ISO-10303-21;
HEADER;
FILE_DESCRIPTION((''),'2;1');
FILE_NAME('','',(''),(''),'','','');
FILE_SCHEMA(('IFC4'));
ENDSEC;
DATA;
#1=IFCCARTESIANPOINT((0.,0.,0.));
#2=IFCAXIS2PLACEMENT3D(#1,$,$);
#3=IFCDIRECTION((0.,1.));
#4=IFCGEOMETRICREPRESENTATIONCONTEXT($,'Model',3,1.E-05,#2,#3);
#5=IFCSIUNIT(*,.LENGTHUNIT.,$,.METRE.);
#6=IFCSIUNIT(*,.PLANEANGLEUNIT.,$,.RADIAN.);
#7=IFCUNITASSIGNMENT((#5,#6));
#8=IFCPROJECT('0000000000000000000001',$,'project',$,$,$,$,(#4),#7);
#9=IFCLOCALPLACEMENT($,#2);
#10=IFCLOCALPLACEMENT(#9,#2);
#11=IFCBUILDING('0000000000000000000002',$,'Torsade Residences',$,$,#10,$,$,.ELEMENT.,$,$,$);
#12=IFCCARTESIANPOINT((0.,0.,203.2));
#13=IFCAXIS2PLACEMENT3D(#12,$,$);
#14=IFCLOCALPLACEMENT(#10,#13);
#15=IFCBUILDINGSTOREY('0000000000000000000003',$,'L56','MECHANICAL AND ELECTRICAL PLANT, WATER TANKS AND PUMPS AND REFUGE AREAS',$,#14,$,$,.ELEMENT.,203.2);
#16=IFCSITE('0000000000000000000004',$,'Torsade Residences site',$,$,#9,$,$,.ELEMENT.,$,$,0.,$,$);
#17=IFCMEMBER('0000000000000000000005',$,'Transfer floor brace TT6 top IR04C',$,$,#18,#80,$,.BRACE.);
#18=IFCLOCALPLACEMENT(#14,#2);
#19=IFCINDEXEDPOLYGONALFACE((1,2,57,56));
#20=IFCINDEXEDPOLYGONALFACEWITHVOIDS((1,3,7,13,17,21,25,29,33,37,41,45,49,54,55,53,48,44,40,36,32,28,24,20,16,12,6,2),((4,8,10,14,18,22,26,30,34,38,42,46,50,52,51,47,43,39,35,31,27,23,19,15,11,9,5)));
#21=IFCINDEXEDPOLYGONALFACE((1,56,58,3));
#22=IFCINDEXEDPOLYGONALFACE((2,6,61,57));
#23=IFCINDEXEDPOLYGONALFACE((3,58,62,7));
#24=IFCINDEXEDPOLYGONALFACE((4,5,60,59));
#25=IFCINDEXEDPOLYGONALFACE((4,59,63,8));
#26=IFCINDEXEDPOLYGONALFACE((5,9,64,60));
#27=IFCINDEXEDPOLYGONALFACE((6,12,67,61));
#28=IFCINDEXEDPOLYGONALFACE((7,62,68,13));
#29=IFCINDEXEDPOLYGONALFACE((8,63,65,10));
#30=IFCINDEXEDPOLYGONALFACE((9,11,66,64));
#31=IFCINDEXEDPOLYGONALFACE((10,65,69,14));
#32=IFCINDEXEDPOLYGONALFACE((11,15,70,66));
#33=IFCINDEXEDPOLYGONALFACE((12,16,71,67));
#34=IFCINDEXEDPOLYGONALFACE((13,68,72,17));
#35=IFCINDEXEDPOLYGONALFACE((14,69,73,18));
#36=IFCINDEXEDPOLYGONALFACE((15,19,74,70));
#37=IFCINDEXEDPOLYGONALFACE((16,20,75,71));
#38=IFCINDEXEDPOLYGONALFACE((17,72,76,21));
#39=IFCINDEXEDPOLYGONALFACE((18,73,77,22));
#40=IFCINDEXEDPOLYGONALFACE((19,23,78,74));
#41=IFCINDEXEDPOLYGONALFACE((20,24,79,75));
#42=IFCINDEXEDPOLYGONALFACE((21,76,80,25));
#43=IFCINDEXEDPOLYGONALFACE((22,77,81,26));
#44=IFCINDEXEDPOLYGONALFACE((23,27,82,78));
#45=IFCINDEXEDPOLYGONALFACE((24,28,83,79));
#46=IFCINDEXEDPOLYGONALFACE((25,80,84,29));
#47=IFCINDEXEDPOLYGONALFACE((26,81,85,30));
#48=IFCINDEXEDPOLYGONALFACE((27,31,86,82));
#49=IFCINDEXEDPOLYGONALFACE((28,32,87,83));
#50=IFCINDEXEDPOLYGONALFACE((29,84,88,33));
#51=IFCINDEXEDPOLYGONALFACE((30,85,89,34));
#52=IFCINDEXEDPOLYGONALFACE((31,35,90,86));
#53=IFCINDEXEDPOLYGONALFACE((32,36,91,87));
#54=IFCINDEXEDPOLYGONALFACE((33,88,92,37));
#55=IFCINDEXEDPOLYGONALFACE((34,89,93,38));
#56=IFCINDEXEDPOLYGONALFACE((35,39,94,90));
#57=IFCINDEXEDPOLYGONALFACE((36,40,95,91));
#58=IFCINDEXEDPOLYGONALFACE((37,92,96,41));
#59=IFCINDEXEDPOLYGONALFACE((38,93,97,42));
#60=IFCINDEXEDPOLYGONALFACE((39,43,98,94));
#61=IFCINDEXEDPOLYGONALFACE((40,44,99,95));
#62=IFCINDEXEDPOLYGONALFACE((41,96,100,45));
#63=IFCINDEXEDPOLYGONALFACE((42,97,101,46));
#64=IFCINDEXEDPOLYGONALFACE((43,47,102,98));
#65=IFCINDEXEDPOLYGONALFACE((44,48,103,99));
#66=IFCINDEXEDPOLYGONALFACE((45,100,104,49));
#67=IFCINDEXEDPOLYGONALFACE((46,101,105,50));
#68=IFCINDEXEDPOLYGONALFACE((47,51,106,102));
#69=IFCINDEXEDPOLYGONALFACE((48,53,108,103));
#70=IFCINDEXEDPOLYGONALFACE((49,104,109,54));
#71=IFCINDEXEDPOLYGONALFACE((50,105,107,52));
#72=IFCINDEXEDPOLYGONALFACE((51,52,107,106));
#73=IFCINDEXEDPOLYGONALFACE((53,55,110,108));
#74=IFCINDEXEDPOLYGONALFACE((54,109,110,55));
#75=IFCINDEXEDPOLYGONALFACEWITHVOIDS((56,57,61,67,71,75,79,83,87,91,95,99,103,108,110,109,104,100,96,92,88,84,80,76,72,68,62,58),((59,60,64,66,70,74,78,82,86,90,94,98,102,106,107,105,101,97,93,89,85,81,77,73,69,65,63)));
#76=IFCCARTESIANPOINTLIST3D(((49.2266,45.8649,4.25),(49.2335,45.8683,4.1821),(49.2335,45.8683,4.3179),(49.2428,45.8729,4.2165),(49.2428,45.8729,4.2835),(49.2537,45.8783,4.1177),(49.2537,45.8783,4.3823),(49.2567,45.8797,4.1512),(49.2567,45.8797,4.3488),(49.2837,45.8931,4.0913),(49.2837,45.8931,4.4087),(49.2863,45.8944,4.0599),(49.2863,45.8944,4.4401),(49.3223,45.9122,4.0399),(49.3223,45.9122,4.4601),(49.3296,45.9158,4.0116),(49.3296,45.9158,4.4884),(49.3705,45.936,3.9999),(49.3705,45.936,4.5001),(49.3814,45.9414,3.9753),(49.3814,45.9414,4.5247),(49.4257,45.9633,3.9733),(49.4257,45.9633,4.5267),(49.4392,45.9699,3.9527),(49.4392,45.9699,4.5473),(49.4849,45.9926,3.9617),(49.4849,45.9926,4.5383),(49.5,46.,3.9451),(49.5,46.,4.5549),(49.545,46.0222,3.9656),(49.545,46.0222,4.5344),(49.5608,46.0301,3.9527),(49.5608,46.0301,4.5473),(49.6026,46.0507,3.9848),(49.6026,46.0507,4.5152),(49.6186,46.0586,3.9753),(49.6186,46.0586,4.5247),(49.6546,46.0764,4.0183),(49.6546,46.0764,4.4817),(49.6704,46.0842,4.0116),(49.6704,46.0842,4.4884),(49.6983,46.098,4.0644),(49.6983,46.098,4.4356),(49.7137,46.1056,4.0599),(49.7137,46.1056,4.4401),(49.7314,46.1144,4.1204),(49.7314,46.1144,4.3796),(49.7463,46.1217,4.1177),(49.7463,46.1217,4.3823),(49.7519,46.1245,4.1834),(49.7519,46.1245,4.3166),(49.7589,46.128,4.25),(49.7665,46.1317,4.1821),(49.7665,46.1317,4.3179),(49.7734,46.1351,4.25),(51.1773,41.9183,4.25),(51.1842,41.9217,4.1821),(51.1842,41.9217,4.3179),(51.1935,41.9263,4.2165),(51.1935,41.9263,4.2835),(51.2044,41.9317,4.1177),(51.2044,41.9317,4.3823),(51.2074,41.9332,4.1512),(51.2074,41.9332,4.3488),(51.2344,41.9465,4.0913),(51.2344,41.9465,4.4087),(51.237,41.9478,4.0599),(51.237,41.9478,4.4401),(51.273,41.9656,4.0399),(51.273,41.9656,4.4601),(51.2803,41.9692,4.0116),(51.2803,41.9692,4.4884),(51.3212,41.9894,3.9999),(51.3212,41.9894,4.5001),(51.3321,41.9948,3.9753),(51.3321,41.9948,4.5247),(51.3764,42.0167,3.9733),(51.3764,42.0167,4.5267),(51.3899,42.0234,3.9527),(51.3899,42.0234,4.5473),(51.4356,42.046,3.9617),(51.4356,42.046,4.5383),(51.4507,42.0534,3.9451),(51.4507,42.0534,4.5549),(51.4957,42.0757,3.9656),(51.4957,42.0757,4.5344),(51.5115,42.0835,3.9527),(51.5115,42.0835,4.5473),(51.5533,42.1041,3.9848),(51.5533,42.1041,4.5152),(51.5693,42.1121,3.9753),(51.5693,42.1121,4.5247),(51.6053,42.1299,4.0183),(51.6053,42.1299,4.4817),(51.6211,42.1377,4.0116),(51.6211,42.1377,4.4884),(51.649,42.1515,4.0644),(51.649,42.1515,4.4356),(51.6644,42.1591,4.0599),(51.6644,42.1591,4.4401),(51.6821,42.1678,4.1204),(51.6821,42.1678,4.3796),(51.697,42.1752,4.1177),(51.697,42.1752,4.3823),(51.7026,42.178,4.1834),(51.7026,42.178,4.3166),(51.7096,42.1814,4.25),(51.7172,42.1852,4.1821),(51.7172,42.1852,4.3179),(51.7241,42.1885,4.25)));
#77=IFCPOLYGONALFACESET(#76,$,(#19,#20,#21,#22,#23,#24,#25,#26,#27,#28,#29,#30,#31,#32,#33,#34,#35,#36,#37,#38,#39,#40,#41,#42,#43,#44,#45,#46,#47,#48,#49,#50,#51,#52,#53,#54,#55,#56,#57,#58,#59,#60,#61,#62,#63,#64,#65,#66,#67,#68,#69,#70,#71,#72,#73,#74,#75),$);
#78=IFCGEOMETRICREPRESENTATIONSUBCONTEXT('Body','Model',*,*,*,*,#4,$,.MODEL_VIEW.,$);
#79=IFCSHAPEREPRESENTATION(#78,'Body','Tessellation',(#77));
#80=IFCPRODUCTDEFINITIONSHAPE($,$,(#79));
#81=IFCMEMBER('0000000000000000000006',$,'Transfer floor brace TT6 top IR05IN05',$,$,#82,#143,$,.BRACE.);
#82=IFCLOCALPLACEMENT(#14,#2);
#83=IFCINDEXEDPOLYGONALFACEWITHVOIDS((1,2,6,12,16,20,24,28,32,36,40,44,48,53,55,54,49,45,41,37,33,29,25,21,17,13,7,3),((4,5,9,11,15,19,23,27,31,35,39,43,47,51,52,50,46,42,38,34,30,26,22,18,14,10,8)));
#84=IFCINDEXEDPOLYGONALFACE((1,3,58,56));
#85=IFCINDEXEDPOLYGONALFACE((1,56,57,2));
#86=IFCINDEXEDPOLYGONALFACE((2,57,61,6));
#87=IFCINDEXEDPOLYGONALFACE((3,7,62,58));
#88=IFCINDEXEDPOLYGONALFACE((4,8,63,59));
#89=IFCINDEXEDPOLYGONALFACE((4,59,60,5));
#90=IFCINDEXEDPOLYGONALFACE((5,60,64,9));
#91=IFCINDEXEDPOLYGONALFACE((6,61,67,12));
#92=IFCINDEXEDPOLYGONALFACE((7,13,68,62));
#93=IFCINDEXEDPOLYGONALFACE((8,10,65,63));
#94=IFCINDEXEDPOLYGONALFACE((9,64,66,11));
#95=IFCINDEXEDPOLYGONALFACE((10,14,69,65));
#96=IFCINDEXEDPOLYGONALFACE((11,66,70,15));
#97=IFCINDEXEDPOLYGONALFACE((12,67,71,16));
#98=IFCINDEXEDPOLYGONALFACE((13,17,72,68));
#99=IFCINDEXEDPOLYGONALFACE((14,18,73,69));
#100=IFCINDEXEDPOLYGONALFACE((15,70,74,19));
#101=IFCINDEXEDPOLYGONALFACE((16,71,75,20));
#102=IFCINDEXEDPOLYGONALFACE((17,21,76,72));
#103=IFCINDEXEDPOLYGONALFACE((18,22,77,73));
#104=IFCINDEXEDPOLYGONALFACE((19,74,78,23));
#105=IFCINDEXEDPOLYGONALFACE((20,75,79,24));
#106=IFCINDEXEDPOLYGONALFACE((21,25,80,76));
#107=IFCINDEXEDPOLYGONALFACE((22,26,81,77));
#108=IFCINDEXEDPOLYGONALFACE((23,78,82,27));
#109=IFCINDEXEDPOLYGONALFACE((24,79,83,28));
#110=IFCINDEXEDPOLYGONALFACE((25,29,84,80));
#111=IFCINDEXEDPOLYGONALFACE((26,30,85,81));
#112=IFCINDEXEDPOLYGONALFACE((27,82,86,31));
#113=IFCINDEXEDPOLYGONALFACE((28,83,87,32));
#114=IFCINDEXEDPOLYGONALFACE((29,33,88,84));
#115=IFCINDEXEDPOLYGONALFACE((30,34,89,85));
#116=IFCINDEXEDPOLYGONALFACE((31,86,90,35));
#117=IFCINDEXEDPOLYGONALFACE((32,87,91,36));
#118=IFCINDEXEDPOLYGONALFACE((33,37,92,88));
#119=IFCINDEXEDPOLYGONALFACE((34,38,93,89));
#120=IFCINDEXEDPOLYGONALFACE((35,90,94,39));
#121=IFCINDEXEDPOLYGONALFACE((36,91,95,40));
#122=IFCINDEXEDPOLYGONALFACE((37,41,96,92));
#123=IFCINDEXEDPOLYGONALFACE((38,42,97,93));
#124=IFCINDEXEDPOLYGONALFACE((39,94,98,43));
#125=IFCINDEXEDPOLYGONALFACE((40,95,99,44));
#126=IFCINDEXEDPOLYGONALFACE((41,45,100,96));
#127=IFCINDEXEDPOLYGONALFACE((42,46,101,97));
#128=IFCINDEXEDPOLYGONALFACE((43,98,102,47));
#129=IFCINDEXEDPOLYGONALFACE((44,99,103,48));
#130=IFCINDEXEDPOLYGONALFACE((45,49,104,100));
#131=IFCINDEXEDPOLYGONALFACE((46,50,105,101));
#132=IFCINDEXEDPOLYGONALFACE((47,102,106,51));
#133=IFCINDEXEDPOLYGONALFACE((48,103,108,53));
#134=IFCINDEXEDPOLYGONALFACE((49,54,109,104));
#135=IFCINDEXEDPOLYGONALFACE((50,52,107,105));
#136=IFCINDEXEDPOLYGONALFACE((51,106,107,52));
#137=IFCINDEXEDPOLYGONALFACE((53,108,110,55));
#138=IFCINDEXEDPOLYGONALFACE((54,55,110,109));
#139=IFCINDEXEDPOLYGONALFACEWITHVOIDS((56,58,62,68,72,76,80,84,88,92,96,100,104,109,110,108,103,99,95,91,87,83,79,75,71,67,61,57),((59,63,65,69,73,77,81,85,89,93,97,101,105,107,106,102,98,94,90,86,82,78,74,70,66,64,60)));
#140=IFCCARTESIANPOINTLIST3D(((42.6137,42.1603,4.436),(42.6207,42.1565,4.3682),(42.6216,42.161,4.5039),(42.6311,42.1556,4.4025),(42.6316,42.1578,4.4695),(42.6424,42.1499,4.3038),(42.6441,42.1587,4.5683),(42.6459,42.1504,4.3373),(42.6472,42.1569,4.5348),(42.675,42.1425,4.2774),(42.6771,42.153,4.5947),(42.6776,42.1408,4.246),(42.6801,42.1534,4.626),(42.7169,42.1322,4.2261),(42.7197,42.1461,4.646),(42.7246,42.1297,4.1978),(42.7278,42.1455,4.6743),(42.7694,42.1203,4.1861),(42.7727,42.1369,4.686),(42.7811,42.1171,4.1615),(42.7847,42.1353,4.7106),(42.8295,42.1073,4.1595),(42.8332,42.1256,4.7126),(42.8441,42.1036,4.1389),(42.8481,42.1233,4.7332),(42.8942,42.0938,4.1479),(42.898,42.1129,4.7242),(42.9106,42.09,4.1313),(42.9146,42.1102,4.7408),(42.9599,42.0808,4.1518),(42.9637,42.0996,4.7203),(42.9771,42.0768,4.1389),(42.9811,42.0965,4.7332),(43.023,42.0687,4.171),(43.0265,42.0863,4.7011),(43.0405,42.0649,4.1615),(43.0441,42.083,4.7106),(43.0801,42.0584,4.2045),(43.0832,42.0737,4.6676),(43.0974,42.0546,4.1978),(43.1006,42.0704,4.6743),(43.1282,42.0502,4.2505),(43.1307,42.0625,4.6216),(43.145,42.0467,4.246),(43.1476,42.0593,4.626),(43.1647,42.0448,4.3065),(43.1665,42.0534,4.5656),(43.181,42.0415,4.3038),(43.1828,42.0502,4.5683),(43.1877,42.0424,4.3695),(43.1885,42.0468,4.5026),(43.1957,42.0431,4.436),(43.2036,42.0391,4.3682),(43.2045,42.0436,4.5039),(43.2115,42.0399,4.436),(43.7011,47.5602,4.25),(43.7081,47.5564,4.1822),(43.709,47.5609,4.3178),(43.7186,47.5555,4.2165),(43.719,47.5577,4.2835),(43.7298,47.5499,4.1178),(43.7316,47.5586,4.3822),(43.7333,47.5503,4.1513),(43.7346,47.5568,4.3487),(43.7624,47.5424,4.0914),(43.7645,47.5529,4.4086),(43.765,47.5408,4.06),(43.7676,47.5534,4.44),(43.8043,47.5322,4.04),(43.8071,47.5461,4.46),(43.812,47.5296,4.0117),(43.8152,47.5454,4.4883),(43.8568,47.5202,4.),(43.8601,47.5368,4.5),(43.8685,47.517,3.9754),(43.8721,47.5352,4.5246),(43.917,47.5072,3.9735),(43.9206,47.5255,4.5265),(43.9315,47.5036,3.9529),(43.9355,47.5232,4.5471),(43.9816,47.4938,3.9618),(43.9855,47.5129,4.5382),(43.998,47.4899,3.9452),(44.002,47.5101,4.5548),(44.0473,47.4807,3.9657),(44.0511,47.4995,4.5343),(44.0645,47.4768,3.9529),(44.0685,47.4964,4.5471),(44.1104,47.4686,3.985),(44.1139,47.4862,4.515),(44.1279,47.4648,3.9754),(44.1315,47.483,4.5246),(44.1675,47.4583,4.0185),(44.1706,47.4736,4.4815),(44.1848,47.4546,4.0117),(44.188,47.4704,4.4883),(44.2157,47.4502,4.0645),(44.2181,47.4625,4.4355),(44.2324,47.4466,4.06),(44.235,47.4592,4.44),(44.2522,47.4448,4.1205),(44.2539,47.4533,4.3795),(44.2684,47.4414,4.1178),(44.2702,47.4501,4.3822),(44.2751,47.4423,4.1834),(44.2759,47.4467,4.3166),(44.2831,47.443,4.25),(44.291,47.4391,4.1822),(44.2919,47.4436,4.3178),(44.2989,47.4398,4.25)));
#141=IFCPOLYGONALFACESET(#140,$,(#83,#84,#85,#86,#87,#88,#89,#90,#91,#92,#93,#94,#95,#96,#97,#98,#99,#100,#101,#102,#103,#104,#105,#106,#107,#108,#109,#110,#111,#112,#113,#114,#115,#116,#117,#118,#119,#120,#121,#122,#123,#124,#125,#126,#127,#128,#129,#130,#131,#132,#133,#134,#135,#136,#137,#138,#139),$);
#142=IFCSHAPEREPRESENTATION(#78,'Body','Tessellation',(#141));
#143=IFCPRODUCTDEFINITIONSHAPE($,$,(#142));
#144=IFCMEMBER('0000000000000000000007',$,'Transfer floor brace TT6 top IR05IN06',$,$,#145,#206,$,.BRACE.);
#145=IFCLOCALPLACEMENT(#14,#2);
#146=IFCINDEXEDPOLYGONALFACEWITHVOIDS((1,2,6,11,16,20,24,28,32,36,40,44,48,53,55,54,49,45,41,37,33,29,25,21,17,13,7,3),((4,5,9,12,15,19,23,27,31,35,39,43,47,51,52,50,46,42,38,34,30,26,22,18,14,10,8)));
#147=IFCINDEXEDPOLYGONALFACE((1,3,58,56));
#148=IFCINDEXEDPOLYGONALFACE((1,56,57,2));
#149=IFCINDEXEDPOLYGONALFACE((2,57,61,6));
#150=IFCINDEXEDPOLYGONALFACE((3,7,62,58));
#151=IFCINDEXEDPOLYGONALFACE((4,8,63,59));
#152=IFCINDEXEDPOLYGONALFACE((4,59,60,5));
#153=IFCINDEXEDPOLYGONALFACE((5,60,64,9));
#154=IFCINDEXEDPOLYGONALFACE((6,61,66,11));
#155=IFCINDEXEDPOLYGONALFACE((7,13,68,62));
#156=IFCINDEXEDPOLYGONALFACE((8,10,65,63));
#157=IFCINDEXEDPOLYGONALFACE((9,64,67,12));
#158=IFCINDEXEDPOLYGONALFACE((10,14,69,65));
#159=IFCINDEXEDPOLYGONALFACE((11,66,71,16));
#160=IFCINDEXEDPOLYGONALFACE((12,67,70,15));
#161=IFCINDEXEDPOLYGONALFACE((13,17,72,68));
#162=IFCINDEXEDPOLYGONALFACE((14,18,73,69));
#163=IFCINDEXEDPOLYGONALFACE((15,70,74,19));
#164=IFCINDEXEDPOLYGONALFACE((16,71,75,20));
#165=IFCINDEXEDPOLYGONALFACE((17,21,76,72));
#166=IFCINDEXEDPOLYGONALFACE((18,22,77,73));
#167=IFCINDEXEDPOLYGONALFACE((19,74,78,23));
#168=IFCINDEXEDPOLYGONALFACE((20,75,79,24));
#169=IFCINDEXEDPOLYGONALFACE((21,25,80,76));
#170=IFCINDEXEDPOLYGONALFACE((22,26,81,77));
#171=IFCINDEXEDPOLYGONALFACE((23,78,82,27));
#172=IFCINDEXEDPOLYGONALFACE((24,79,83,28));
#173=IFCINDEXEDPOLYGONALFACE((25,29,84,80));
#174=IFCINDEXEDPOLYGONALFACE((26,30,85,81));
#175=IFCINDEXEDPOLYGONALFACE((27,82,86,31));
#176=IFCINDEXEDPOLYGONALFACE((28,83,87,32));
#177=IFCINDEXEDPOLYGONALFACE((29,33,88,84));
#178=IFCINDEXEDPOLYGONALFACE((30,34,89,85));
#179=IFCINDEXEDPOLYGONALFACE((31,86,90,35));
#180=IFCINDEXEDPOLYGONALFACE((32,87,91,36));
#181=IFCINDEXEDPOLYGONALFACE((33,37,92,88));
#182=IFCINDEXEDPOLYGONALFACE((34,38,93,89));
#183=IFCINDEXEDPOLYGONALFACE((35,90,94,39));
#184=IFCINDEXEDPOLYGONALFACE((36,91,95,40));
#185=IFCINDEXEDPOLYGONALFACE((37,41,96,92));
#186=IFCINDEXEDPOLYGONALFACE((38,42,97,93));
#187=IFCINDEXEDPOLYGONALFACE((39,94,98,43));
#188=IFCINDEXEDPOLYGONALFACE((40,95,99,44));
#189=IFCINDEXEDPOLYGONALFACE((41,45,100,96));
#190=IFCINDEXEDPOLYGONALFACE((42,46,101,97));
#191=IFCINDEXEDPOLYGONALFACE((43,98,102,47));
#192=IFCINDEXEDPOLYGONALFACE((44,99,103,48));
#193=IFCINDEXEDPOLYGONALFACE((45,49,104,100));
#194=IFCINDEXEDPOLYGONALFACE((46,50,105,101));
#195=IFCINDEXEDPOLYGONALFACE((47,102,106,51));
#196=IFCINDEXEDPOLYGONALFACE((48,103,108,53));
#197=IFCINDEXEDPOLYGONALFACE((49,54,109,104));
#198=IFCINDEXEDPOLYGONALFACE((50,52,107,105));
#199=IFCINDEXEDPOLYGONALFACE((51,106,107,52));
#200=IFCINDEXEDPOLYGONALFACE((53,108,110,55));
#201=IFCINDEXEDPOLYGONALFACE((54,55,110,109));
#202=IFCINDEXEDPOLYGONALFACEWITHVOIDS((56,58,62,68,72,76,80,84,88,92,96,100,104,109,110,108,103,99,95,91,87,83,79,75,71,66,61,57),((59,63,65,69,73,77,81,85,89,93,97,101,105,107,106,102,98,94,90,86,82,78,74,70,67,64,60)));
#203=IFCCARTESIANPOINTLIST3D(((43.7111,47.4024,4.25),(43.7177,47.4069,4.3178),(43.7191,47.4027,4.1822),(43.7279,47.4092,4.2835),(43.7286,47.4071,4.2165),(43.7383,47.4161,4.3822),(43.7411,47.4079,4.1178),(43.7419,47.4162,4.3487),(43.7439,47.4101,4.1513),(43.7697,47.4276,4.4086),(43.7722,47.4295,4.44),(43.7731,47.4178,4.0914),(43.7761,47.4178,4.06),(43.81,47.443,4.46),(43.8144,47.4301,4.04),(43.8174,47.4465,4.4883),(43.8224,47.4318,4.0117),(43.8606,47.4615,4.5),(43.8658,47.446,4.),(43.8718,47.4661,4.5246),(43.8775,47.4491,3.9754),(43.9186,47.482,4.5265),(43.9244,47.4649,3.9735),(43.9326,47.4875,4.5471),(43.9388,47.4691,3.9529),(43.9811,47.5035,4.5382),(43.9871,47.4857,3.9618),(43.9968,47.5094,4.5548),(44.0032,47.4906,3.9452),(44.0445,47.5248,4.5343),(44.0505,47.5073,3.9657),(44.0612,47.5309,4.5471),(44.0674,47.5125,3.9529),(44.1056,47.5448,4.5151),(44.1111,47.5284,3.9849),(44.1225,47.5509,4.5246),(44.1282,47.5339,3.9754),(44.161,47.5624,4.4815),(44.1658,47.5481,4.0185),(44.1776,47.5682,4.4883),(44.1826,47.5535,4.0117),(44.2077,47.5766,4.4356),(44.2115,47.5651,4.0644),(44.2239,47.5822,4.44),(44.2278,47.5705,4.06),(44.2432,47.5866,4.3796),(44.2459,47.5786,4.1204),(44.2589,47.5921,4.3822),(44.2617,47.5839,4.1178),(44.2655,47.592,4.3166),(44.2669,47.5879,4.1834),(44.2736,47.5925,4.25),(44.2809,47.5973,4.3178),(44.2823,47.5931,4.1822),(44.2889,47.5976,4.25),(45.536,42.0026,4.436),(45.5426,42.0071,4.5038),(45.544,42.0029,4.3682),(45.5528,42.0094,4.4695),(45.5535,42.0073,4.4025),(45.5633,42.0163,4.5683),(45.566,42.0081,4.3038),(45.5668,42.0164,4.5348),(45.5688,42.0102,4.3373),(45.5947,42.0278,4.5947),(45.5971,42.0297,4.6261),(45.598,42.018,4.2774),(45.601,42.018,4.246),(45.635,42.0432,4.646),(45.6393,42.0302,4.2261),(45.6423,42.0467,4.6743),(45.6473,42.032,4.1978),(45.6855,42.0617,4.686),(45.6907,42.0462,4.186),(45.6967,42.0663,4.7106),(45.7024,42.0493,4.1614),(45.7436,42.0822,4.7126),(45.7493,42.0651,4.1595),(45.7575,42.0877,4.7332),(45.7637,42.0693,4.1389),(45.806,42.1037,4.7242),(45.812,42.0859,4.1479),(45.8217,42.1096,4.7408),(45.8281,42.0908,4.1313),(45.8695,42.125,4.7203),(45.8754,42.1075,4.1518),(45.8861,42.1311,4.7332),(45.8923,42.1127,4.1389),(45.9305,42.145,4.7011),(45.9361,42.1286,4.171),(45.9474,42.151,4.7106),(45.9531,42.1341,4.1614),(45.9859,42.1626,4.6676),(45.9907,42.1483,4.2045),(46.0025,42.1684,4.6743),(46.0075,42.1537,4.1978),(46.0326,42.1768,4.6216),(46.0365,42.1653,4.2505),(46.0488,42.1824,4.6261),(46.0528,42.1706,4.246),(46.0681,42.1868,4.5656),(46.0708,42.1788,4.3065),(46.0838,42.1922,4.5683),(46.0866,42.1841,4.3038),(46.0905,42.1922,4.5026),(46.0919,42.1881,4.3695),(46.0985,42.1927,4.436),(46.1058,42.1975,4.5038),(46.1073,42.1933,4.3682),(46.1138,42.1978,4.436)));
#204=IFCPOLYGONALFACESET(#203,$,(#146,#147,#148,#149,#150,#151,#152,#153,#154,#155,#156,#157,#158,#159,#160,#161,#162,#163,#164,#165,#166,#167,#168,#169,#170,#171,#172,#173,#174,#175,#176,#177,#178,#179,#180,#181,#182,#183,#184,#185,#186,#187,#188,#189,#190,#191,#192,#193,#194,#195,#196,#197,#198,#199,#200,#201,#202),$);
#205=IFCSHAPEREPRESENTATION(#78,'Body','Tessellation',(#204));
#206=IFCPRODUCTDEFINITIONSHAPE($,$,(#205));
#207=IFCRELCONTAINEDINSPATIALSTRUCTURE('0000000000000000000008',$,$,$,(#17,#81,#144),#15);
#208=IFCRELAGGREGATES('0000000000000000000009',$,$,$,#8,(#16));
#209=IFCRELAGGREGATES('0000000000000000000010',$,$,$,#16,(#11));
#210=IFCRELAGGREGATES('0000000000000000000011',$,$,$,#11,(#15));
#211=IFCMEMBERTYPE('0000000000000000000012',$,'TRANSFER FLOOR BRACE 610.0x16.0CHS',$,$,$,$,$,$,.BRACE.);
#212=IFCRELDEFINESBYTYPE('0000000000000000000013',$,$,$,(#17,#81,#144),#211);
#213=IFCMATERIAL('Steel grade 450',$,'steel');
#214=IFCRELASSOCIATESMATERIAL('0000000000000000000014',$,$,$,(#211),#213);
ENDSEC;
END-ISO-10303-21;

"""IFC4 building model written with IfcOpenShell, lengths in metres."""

from ifc_helpers import new_model, si_unit, direction, frame, origin, origin_2d, place, context, subcontext, project, spatial, hollow_circle, extrude, material, material_profile, profile_set, type_object, element, save


model = new_model("IFC4")

# Units and contexts
model_context = context("Model", 3, precision=1e-05, world=origin(), true_north=direction((0.0, 1.0)))
body_context = subcontext(model_context, "Body", "Model", "MODEL_VIEW")
ifc_project = project(units=[si_unit("LENGTHUNIT", "METRE"), si_unit("PLANEANGLEUNIT", "RADIAN")], contexts=[model_context])

# Site, building, storey
site_placement = place(None, origin())
site = spatial("IfcSite", under=ifc_project, at=site_placement, Name="Torsade Residences site", CompositionType="ELEMENT", RefElevation=0.0)
building_placement = place(site_placement, origin())
building = spatial("IfcBuilding", under=site, at=building_placement, Name="Torsade Residences", CompositionType="ELEMENT")
storey_placement = place(building_placement, frame((0.0, 0.0, 203.2)))
storey = spatial("IfcBuildingStorey", under=building, at=storey_placement, Name="L56", Description="MECHANICAL AND ELECTRICAL PLANT, WATER TANKS AND PUMPS AND REFUGE AREAS", CompositionType="ELEMENT", Elevation=203.2)

# Members
ifc_material_1 = material(Name="Steel grade 450", Category="steel")
ifc_material_profile_1 = material_profile(ifc_material_1, hollow_circle(Radius=0.3049, WallThickness=0.0161, at=origin_2d()), Name="610.0x16.0CHS")
ifc_profile_set_1 = profile_set([ifc_material_profile_1], Name="Steel grade 450")
member_type_1 = type_object("IfcMemberType", Name="TRANSFER FLOOR BRACE 610.0x16.0CHS", PredefinedType="BRACE", material=ifc_profile_set_1)
member_1_placement = place(storey_placement, frame((49.5, 46.0, 4.25), z_axis=(0.443105, -0.89647, 0.0), x_axis=(0.89647, 0.443105, 0.0)))
element("IfcMember", 1, at=member_1_placement, inside=storey, type_object=member_type_1, Name="Transfer floor brace TT6 top IR04C", PredefinedType="BRACE", context=body_context, shape_type="SweptSolid", body=[
    extrude(hollow_circle(Radius=0.3049, WallThickness=0.0161, at=origin_2d()), origin(), (0.0, 0.0, 1.0), 4.4023),
])
member_2_placement = place(storey_placement, frame((44.0, 47.5, 4.25), z_axis=(-0.197299, -0.979762, 0.033754), x_axis=(0.980321, -0.197412, 0.0)))
element("IfcMember", 2, at=member_2_placement, inside=storey, type_object=member_type_1, Name="Transfer floor brace TT6 top IR05IN05", PredefinedType="BRACE", context=body_context, shape_type="SweptSolid", body=[
    extrude(hollow_circle(Radius=0.3049, WallThickness=0.0161, at=origin_2d()), origin(), (0.0, 0.0, 1.0), 5.5115),
])
member_3_placement = place(storey_placement, frame((44.0, 47.5, 4.25), z_axis=(0.319999, -0.946856, 0.032621), x_axis=(0.94736, 0.32017, 0.0)))
element("IfcMember", 3, at=member_3_placement, inside=storey, type_object=member_type_1, Name="Transfer floor brace TT6 top IR05IN06", PredefinedType="BRACE", context=body_context, shape_type="SweptSolid", body=[
    extrude(hollow_circle(Radius=0.3049, WallThickness=0.0161, at=origin_2d()), origin(), (0.0, 0.0, 1.0), 5.7029),
])

save(model, "model.ifc")
